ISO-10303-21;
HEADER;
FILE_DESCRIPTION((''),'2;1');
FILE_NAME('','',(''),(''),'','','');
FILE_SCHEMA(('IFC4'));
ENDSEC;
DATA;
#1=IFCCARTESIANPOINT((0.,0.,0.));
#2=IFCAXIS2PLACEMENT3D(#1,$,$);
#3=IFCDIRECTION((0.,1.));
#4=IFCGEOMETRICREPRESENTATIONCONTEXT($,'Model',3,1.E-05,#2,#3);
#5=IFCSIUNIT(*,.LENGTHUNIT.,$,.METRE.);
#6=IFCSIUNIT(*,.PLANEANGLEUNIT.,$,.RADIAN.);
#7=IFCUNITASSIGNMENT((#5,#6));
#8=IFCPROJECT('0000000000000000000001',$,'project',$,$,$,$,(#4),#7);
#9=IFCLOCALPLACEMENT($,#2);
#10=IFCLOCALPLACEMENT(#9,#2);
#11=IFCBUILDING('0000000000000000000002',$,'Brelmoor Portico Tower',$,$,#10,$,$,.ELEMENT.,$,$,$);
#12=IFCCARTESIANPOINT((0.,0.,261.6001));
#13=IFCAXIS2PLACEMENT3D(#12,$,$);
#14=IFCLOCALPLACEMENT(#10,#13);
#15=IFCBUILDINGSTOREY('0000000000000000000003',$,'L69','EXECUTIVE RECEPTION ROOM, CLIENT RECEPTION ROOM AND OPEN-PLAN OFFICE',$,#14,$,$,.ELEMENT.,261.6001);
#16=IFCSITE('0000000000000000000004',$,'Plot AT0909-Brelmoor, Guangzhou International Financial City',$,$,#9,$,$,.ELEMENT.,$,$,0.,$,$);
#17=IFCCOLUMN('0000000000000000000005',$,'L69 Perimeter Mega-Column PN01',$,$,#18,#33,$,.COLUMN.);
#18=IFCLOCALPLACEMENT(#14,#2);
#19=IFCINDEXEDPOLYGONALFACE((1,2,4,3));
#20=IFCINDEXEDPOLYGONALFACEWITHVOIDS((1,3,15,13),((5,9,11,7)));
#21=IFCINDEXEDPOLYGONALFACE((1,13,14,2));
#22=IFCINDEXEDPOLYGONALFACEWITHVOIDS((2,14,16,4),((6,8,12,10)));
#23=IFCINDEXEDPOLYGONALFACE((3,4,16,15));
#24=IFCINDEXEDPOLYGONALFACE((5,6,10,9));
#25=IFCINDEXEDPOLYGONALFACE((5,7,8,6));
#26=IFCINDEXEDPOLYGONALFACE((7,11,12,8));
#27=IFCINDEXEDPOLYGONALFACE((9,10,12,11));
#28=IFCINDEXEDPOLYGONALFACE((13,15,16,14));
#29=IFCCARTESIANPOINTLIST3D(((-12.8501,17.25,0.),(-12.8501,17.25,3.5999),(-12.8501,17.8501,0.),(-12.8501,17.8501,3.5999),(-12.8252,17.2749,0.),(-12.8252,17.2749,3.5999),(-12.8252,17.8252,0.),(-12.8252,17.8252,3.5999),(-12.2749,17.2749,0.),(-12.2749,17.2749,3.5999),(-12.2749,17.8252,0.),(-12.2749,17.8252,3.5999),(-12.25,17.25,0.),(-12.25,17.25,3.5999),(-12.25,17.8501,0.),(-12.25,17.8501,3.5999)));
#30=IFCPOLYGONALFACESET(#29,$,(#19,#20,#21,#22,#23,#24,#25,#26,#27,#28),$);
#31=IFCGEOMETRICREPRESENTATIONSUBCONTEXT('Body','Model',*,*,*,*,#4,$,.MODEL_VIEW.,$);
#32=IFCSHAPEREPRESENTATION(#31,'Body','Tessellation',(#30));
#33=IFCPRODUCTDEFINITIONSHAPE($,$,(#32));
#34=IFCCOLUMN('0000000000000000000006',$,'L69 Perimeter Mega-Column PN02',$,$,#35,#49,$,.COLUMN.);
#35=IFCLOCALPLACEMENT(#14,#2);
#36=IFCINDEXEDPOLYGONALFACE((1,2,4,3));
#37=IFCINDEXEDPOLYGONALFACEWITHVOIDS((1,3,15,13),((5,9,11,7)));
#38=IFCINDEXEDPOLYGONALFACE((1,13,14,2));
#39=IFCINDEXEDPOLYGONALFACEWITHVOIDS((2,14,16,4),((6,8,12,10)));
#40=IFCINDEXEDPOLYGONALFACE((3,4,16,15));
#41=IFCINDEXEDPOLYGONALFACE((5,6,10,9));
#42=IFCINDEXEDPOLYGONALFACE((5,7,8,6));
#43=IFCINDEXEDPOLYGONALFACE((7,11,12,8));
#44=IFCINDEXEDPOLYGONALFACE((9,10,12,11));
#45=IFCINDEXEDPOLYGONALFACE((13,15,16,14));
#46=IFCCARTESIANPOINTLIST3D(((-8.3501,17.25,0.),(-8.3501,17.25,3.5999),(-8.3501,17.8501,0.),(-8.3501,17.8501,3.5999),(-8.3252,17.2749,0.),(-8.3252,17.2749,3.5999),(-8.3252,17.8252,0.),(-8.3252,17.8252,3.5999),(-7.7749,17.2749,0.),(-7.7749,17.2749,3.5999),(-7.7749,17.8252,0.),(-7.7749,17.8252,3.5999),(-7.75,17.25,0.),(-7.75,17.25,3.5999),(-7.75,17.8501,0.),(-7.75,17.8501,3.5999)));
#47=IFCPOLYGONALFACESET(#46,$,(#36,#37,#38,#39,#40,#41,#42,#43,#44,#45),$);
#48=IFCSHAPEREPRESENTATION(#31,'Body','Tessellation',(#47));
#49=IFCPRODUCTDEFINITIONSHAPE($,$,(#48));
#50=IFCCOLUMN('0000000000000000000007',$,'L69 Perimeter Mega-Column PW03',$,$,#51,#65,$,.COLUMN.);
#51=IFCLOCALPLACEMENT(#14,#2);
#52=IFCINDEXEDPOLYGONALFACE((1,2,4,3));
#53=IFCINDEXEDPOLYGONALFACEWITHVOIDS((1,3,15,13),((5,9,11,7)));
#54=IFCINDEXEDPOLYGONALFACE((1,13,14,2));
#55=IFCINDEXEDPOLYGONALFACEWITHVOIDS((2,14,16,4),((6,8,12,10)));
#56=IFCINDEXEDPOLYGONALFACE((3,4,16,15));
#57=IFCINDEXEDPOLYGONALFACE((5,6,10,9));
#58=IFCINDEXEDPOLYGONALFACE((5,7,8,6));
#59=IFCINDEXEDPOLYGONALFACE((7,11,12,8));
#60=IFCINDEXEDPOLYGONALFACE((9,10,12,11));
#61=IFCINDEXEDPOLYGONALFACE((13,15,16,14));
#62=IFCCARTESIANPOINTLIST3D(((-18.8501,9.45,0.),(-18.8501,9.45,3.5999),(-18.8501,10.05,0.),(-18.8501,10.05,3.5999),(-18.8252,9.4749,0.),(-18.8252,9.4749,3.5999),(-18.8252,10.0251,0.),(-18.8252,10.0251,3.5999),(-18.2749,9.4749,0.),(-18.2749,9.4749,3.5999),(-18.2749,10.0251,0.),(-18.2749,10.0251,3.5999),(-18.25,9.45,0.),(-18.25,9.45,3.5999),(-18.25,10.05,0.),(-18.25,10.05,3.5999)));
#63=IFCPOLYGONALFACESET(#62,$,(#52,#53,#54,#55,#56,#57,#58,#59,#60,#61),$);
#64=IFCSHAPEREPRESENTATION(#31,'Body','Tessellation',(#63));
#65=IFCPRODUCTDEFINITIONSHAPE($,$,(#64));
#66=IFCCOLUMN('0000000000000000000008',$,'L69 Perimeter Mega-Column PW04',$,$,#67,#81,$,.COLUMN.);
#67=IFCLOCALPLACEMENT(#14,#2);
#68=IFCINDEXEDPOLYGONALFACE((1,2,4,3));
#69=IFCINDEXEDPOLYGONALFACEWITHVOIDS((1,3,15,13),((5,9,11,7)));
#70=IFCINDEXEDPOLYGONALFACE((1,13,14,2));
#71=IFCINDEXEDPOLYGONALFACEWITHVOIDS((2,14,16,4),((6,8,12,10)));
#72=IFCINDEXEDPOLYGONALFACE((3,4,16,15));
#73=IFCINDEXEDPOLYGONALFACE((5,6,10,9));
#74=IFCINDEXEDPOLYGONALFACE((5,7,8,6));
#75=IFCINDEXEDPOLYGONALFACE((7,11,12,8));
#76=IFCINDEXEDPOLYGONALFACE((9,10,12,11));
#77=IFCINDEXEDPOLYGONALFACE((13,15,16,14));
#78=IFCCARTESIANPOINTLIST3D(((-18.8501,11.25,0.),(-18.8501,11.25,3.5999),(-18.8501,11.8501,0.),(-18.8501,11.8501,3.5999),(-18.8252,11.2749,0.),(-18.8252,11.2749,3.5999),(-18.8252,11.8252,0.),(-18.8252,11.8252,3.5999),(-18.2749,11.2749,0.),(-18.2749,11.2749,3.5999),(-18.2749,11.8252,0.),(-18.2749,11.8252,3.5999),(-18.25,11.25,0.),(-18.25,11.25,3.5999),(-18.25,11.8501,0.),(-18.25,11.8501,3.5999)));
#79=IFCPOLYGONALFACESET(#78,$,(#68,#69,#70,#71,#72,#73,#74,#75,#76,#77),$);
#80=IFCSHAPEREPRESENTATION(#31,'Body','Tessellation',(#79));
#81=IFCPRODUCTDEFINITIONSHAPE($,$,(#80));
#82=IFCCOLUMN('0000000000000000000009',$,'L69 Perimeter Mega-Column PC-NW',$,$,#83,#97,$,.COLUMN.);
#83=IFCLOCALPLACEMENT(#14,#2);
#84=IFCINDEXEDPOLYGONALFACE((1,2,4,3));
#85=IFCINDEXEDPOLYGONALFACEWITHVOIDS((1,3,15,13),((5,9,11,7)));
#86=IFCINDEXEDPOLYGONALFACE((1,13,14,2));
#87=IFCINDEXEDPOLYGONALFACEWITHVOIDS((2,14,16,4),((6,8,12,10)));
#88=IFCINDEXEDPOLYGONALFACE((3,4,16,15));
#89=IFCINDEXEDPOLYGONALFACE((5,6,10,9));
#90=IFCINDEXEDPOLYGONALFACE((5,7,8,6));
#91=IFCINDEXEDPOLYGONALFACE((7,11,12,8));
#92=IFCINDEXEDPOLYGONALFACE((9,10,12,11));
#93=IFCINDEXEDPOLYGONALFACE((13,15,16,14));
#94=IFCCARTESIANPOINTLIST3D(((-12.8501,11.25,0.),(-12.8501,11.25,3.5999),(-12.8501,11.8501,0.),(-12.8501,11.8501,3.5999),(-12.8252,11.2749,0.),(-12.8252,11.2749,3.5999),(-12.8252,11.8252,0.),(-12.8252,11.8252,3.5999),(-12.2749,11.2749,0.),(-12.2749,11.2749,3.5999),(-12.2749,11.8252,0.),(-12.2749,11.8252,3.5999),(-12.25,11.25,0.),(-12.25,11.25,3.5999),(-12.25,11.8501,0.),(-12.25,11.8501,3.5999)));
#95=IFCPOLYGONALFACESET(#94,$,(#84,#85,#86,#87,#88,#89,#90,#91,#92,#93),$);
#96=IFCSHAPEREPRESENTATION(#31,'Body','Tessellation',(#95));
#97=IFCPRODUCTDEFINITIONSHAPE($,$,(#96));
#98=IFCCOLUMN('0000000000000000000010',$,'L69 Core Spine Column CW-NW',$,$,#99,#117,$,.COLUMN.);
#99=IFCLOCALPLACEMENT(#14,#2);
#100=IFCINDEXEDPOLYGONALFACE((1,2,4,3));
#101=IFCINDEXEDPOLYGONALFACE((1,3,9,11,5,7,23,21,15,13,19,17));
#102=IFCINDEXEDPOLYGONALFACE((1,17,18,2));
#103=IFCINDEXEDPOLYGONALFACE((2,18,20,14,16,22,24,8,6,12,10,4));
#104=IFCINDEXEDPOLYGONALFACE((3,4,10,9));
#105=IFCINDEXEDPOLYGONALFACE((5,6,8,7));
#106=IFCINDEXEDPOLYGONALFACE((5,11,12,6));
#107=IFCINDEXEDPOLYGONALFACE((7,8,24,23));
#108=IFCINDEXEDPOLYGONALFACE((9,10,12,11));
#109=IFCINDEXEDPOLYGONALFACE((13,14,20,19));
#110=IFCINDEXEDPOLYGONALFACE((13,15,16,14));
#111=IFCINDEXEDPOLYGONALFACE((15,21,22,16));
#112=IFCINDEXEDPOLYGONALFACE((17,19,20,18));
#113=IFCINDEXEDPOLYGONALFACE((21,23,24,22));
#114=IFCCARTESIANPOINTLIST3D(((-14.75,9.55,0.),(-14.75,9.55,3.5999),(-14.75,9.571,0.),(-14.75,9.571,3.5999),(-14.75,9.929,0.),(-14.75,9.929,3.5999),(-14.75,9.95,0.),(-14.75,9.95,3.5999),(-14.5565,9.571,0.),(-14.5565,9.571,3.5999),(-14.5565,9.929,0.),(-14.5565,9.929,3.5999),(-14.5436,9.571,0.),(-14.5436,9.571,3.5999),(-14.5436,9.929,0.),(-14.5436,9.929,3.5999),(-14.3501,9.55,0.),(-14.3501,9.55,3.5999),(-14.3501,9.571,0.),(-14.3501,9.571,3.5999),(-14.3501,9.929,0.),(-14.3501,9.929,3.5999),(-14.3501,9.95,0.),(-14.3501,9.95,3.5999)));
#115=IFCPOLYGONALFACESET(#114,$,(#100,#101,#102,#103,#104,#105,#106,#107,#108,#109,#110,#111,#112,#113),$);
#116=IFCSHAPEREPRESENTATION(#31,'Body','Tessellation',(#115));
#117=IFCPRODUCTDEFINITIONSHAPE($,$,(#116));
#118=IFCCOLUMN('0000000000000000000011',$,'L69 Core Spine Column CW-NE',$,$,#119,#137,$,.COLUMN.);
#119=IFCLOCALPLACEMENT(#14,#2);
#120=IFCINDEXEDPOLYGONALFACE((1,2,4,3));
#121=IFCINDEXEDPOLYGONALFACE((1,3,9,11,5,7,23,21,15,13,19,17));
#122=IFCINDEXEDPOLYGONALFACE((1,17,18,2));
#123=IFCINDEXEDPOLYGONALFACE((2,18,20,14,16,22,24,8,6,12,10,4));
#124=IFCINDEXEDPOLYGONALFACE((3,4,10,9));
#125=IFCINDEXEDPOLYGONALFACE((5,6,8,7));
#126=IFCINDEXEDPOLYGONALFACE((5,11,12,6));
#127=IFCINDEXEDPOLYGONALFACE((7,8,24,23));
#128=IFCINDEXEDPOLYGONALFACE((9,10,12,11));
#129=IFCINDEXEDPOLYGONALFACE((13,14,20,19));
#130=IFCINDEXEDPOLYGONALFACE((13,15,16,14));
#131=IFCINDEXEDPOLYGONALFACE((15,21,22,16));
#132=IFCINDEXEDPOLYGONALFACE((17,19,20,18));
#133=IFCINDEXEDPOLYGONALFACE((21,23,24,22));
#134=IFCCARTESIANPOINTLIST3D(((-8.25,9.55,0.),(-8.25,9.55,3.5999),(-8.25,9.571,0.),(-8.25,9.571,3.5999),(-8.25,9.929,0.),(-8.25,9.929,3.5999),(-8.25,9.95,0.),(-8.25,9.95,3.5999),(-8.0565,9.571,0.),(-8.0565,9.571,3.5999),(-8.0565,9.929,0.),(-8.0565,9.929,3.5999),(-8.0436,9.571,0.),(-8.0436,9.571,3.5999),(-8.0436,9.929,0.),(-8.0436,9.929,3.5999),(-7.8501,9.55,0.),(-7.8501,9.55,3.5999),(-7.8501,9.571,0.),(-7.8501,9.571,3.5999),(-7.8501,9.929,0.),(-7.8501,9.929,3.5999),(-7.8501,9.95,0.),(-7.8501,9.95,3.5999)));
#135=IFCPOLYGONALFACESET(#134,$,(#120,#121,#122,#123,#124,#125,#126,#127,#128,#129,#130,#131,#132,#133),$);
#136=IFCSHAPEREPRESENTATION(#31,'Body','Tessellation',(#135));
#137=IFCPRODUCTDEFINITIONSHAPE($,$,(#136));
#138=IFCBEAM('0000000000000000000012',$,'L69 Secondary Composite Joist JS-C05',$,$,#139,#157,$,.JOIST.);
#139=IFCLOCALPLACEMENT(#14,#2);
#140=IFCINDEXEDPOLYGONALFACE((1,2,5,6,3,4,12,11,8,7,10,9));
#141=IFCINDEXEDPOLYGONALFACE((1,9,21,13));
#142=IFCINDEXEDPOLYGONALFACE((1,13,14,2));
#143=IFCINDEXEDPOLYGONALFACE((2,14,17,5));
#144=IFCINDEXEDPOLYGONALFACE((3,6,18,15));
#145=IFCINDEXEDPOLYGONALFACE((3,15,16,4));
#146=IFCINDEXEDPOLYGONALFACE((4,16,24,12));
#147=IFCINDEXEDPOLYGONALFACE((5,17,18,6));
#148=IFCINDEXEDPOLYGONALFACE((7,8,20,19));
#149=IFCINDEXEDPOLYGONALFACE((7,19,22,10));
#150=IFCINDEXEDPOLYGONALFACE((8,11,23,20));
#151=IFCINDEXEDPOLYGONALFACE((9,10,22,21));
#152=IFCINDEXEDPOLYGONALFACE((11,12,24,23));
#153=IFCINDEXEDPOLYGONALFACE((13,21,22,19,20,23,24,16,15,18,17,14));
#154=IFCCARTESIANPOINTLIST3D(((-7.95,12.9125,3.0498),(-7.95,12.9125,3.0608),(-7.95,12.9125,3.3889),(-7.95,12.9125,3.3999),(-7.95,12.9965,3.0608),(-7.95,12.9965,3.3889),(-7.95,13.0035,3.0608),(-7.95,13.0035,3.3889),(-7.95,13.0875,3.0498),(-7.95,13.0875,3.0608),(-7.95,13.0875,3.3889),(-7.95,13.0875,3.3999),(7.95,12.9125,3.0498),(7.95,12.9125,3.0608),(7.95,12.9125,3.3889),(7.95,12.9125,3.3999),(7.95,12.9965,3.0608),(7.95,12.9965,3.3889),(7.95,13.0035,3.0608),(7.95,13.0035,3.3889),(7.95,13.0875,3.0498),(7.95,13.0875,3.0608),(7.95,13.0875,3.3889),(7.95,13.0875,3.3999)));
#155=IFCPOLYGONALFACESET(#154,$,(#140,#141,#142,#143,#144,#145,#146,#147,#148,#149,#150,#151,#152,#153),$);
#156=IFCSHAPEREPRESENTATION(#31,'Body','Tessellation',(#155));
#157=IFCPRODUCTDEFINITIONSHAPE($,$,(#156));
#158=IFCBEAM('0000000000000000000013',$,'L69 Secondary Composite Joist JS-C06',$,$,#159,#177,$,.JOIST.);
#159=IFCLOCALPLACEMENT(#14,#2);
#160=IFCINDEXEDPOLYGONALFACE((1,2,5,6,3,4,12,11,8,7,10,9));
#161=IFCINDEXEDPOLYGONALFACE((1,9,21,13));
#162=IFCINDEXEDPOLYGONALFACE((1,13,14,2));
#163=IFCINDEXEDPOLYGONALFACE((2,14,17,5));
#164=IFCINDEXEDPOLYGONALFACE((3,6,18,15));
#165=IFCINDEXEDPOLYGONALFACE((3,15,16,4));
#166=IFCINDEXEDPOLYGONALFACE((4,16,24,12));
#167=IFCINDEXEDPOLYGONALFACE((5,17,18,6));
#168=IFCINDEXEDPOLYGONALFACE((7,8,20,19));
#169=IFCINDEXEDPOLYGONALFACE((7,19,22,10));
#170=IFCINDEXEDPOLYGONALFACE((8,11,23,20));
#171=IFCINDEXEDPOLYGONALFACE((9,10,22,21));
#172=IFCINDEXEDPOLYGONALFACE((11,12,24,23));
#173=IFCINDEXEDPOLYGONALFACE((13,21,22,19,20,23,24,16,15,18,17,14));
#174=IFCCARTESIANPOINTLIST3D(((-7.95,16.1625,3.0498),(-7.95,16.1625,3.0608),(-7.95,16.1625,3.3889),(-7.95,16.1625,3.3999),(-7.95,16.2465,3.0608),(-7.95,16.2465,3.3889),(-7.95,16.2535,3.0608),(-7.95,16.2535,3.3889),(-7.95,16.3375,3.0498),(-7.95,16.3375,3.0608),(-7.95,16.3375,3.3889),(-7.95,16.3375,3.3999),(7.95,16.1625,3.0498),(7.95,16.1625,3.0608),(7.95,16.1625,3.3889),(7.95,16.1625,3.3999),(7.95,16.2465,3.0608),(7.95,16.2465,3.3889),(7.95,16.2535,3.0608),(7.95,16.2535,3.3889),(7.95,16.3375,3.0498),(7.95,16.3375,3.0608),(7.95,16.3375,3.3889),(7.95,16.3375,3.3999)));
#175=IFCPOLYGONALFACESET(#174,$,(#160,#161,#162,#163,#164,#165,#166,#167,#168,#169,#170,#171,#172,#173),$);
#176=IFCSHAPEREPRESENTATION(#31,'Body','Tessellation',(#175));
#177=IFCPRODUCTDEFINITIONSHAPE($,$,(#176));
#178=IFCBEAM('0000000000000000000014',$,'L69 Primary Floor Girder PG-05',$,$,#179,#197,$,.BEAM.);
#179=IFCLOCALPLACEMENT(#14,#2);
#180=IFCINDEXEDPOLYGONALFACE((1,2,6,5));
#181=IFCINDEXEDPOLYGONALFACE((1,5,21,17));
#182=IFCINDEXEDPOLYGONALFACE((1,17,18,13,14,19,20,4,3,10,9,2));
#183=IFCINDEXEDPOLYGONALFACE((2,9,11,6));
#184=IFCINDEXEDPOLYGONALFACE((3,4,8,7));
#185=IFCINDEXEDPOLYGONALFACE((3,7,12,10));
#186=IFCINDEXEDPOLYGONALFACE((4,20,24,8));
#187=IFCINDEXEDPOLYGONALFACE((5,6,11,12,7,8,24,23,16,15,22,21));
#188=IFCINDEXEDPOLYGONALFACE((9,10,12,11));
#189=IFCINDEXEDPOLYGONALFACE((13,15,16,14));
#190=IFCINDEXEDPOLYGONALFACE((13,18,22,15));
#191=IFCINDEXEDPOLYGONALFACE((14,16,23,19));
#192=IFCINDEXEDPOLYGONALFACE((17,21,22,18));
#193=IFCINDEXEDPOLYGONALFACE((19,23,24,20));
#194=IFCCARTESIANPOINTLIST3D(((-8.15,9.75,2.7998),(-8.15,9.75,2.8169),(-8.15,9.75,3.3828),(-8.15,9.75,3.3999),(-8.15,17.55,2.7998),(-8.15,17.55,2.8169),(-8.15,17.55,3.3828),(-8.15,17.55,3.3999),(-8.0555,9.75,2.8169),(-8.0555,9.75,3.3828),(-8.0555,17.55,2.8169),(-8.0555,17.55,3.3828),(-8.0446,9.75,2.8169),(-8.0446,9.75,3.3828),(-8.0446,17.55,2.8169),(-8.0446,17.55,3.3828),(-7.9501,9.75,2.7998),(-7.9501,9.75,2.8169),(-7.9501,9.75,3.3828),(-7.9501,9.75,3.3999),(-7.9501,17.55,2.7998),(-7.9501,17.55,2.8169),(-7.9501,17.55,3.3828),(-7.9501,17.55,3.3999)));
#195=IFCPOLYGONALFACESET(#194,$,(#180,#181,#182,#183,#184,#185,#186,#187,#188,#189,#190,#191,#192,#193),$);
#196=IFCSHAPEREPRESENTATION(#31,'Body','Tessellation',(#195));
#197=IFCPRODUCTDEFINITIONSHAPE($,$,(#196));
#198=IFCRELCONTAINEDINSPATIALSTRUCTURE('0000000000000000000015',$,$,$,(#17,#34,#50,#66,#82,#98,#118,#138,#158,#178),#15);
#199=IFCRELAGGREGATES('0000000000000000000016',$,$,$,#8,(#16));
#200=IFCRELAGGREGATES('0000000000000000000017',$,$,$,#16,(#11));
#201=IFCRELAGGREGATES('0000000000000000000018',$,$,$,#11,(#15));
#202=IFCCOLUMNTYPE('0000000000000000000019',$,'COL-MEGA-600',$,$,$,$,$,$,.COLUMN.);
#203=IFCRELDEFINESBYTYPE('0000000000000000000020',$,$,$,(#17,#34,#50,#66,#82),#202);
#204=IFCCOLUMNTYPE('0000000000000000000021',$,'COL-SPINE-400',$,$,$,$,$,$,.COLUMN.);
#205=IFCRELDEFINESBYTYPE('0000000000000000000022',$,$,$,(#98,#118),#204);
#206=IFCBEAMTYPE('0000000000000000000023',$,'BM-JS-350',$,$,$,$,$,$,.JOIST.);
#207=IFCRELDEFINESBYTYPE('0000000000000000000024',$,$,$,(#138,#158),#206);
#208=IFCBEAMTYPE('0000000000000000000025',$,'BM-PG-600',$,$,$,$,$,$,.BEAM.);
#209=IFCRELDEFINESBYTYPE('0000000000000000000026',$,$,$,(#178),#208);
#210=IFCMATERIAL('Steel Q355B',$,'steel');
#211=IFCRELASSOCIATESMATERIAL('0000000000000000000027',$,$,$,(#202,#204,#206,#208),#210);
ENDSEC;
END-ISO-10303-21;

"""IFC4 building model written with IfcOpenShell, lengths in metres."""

from ifc_helpers import new_model, si_unit, direction, frame, origin, origin_2d, place, context, subcontext, project, spatial, hollow_rectangle, i_section, extrude, material, material_profile, profile_set, type_object, element, save


model = new_model("IFC4")

# Units and contexts
model_context = context("Model", 3, precision=1e-05, world=origin(), true_north=direction((0.0, 1.0)))
body_context = subcontext(model_context, "Body", "Model", "MODEL_VIEW")
ifc_project = project(units=[si_unit("LENGTHUNIT", "METRE"), si_unit("PLANEANGLEUNIT", "RADIAN")], contexts=[model_context])

# Site, building, storey
site_placement = place(None, origin())
site = spatial("IfcSite", under=ifc_project, at=site_placement, Name="Plot AT0909-Brelmoor, Guangzhou International Financial City", CompositionType="ELEMENT", RefElevation=0.0)
building_placement = place(site_placement, origin())
building = spatial("IfcBuilding", under=site, at=building_placement, Name="Brelmoor Portico Tower", CompositionType="ELEMENT")
storey_placement = place(building_placement, frame((0.0, 0.0, 261.6001)))
storey = spatial("IfcBuildingStorey", under=building, at=storey_placement, Name="L69", Description="EXECUTIVE RECEPTION ROOM, CLIENT RECEPTION ROOM AND OPEN-PLAN OFFICE", CompositionType="ELEMENT", Elevation=261.6001)

# Columns
ifc_material_1 = material(Name="Steel Q355B", Category="steel")
ifc_material_profile_1 = material_profile(ifc_material_1, hollow_rectangle(XDim=0.6001, YDim=0.6001, WallThickness=0.0249, at=origin_2d()), Name="BOX 600x600x25")
ifc_profile_set_1 = profile_set([ifc_material_profile_1], Name="Steel Q355B")
column_type_1 = type_object("IfcColumnType", Name="COL-MEGA-600", PredefinedType="COLUMN", material=ifc_profile_set_1)
for number, where, z_axis, x_axis, name in (
    (1, (-12.55, 17.55, 0.0), (0.0, 0.0, 1.0), (1.0, 0.0, 0.0), "L69 Perimeter Mega-Column PN01"),
    (2, (-8.05, 17.55, 0.0), (0.0, 0.0, 1.0), (1.0, 0.0, 0.0), "L69 Perimeter Mega-Column PN02"),
    (3, (-18.55, 9.75, 0.0), (0.0, 0.0, 1.0), (0.0, 1.0, 0.0), "L69 Perimeter Mega-Column PW03"),
    (4, (-18.55, 11.55, 0.0), (0.0, 0.0, 1.0), (0.0, 1.0, 0.0), "L69 Perimeter Mega-Column PW04"),
    (5, (-12.55, 11.55, 0.0), (0.0, 0.0, 1.0), (1.0, 0.0, 0.0), "L69 Perimeter Mega-Column PC-NW"),
):
    element("IfcColumn", number, at=place(storey_placement, frame(where, z_axis=z_axis, x_axis=x_axis)), inside=storey, type_object=column_type_1, Name=name, PredefinedType="COLUMN", context=body_context, shape_type="SweptSolid", body=[
        extrude(hollow_rectangle(XDim=0.6001, YDim=0.6001, WallThickness=0.0249, at=origin_2d()), origin(), (0.0, 0.0, 1.0), 3.5999),
    ])
ifc_material_profile_2 = material_profile(ifc_material_1, i_section(OverallWidth=0.3999, OverallDepth=0.3999, WebThickness=0.0129, FlangeThickness=0.021, at=origin_2d()), Name="HW 400x400x13x21")
ifc_profile_set_2 = profile_set([ifc_material_profile_2], Name="Steel Q355B")
column_type_2 = type_object("IfcColumnType", Name="COL-SPINE-400", PredefinedType="COLUMN", material=ifc_profile_set_2)
for number, where, z_axis, x_axis, name in (
    (6, (-14.55, 9.75, 0.0), (0.0, 0.0, 1.0), (1.0, 0.0, 0.0), "L69 Core Spine Column CW-NW"),
    (7, (-8.05, 9.75, 0.0), (0.0, 0.0, 1.0), (1.0, 0.0, 0.0), "L69 Core Spine Column CW-NE"),
):
    element("IfcColumn", number, at=place(storey_placement, frame(where, z_axis=z_axis, x_axis=x_axis)), inside=storey, type_object=column_type_2, Name=name, PredefinedType="COLUMN", context=body_context, shape_type="SweptSolid", body=[
        extrude(i_section(OverallWidth=0.3999, OverallDepth=0.3999, WebThickness=0.0129, FlangeThickness=0.021, at=origin_2d()), origin(), (0.0, 0.0, 1.0), 3.5999),
    ])

# Beams
ifc_material_profile_3 = material_profile(ifc_material_1, i_section(OverallWidth=0.175, OverallDepth=0.3501, WebThickness=0.0071, FlangeThickness=0.011, at=origin_2d()), Name="HN 350x175x7x11")
ifc_profile_set_3 = profile_set([ifc_material_profile_3], Name="Steel Q355B")
beam_type_1 = type_object("IfcBeamType", Name="BM-JS-350", PredefinedType="JOIST", material=ifc_profile_set_3)
for number, where, z_axis, x_axis, name in (
    (8, (-7.95, 13.0, 3.2249), (1.0, 0.0, 0.0), (0.0, 1.0, 0.0), "L69 Secondary Composite Joist JS-C05"),
    (9, (-7.95, 16.25, 3.2249), (1.0, 0.0, 0.0), (0.0, 1.0, 0.0), "L69 Secondary Composite Joist JS-C06"),
):
    element("IfcBeam", number, at=place(storey_placement, frame(where, z_axis=z_axis, x_axis=x_axis)), inside=storey, type_object=beam_type_1, Name=name, PredefinedType="JOIST", context=body_context, shape_type="SweptSolid", body=[
        extrude(i_section(OverallWidth=0.175, OverallDepth=0.3501, WebThickness=0.0071, FlangeThickness=0.011, at=origin_2d()), origin(), (0.0, 0.0, 1.0), 15.8999),
    ])
ifc_material_profile_4 = material_profile(ifc_material_1, i_section(OverallWidth=0.2, OverallDepth=0.6001, WebThickness=0.011, FlangeThickness=0.0171, at=origin_2d()), Name="HN 600x200x11x17")
ifc_profile_set_4 = profile_set([ifc_material_profile_4], Name="Steel Q355B")
beam_type_2 = type_object("IfcBeamType", Name="BM-PG-600", PredefinedType="BEAM", material=ifc_profile_set_4)
beam_1_placement = place(storey_placement, frame((-8.05, 9.75, 3.0999), z_axis=(0.0, 1.0, 0.0), x_axis=(-1.0, 0.0, 0.0)))
element("IfcBeam", 10, at=beam_1_placement, inside=storey, type_object=beam_type_2, Name="L69 Primary Floor Girder PG-05", PredefinedType="BEAM", context=body_context, shape_type="SweptSolid", body=[
    extrude(i_section(OverallWidth=0.2, OverallDepth=0.6001, WebThickness=0.011, FlangeThickness=0.0171, at=origin_2d()), origin(), (0.0, 0.0, 1.0), 7.8),
])

save(model, "model.ifc")
